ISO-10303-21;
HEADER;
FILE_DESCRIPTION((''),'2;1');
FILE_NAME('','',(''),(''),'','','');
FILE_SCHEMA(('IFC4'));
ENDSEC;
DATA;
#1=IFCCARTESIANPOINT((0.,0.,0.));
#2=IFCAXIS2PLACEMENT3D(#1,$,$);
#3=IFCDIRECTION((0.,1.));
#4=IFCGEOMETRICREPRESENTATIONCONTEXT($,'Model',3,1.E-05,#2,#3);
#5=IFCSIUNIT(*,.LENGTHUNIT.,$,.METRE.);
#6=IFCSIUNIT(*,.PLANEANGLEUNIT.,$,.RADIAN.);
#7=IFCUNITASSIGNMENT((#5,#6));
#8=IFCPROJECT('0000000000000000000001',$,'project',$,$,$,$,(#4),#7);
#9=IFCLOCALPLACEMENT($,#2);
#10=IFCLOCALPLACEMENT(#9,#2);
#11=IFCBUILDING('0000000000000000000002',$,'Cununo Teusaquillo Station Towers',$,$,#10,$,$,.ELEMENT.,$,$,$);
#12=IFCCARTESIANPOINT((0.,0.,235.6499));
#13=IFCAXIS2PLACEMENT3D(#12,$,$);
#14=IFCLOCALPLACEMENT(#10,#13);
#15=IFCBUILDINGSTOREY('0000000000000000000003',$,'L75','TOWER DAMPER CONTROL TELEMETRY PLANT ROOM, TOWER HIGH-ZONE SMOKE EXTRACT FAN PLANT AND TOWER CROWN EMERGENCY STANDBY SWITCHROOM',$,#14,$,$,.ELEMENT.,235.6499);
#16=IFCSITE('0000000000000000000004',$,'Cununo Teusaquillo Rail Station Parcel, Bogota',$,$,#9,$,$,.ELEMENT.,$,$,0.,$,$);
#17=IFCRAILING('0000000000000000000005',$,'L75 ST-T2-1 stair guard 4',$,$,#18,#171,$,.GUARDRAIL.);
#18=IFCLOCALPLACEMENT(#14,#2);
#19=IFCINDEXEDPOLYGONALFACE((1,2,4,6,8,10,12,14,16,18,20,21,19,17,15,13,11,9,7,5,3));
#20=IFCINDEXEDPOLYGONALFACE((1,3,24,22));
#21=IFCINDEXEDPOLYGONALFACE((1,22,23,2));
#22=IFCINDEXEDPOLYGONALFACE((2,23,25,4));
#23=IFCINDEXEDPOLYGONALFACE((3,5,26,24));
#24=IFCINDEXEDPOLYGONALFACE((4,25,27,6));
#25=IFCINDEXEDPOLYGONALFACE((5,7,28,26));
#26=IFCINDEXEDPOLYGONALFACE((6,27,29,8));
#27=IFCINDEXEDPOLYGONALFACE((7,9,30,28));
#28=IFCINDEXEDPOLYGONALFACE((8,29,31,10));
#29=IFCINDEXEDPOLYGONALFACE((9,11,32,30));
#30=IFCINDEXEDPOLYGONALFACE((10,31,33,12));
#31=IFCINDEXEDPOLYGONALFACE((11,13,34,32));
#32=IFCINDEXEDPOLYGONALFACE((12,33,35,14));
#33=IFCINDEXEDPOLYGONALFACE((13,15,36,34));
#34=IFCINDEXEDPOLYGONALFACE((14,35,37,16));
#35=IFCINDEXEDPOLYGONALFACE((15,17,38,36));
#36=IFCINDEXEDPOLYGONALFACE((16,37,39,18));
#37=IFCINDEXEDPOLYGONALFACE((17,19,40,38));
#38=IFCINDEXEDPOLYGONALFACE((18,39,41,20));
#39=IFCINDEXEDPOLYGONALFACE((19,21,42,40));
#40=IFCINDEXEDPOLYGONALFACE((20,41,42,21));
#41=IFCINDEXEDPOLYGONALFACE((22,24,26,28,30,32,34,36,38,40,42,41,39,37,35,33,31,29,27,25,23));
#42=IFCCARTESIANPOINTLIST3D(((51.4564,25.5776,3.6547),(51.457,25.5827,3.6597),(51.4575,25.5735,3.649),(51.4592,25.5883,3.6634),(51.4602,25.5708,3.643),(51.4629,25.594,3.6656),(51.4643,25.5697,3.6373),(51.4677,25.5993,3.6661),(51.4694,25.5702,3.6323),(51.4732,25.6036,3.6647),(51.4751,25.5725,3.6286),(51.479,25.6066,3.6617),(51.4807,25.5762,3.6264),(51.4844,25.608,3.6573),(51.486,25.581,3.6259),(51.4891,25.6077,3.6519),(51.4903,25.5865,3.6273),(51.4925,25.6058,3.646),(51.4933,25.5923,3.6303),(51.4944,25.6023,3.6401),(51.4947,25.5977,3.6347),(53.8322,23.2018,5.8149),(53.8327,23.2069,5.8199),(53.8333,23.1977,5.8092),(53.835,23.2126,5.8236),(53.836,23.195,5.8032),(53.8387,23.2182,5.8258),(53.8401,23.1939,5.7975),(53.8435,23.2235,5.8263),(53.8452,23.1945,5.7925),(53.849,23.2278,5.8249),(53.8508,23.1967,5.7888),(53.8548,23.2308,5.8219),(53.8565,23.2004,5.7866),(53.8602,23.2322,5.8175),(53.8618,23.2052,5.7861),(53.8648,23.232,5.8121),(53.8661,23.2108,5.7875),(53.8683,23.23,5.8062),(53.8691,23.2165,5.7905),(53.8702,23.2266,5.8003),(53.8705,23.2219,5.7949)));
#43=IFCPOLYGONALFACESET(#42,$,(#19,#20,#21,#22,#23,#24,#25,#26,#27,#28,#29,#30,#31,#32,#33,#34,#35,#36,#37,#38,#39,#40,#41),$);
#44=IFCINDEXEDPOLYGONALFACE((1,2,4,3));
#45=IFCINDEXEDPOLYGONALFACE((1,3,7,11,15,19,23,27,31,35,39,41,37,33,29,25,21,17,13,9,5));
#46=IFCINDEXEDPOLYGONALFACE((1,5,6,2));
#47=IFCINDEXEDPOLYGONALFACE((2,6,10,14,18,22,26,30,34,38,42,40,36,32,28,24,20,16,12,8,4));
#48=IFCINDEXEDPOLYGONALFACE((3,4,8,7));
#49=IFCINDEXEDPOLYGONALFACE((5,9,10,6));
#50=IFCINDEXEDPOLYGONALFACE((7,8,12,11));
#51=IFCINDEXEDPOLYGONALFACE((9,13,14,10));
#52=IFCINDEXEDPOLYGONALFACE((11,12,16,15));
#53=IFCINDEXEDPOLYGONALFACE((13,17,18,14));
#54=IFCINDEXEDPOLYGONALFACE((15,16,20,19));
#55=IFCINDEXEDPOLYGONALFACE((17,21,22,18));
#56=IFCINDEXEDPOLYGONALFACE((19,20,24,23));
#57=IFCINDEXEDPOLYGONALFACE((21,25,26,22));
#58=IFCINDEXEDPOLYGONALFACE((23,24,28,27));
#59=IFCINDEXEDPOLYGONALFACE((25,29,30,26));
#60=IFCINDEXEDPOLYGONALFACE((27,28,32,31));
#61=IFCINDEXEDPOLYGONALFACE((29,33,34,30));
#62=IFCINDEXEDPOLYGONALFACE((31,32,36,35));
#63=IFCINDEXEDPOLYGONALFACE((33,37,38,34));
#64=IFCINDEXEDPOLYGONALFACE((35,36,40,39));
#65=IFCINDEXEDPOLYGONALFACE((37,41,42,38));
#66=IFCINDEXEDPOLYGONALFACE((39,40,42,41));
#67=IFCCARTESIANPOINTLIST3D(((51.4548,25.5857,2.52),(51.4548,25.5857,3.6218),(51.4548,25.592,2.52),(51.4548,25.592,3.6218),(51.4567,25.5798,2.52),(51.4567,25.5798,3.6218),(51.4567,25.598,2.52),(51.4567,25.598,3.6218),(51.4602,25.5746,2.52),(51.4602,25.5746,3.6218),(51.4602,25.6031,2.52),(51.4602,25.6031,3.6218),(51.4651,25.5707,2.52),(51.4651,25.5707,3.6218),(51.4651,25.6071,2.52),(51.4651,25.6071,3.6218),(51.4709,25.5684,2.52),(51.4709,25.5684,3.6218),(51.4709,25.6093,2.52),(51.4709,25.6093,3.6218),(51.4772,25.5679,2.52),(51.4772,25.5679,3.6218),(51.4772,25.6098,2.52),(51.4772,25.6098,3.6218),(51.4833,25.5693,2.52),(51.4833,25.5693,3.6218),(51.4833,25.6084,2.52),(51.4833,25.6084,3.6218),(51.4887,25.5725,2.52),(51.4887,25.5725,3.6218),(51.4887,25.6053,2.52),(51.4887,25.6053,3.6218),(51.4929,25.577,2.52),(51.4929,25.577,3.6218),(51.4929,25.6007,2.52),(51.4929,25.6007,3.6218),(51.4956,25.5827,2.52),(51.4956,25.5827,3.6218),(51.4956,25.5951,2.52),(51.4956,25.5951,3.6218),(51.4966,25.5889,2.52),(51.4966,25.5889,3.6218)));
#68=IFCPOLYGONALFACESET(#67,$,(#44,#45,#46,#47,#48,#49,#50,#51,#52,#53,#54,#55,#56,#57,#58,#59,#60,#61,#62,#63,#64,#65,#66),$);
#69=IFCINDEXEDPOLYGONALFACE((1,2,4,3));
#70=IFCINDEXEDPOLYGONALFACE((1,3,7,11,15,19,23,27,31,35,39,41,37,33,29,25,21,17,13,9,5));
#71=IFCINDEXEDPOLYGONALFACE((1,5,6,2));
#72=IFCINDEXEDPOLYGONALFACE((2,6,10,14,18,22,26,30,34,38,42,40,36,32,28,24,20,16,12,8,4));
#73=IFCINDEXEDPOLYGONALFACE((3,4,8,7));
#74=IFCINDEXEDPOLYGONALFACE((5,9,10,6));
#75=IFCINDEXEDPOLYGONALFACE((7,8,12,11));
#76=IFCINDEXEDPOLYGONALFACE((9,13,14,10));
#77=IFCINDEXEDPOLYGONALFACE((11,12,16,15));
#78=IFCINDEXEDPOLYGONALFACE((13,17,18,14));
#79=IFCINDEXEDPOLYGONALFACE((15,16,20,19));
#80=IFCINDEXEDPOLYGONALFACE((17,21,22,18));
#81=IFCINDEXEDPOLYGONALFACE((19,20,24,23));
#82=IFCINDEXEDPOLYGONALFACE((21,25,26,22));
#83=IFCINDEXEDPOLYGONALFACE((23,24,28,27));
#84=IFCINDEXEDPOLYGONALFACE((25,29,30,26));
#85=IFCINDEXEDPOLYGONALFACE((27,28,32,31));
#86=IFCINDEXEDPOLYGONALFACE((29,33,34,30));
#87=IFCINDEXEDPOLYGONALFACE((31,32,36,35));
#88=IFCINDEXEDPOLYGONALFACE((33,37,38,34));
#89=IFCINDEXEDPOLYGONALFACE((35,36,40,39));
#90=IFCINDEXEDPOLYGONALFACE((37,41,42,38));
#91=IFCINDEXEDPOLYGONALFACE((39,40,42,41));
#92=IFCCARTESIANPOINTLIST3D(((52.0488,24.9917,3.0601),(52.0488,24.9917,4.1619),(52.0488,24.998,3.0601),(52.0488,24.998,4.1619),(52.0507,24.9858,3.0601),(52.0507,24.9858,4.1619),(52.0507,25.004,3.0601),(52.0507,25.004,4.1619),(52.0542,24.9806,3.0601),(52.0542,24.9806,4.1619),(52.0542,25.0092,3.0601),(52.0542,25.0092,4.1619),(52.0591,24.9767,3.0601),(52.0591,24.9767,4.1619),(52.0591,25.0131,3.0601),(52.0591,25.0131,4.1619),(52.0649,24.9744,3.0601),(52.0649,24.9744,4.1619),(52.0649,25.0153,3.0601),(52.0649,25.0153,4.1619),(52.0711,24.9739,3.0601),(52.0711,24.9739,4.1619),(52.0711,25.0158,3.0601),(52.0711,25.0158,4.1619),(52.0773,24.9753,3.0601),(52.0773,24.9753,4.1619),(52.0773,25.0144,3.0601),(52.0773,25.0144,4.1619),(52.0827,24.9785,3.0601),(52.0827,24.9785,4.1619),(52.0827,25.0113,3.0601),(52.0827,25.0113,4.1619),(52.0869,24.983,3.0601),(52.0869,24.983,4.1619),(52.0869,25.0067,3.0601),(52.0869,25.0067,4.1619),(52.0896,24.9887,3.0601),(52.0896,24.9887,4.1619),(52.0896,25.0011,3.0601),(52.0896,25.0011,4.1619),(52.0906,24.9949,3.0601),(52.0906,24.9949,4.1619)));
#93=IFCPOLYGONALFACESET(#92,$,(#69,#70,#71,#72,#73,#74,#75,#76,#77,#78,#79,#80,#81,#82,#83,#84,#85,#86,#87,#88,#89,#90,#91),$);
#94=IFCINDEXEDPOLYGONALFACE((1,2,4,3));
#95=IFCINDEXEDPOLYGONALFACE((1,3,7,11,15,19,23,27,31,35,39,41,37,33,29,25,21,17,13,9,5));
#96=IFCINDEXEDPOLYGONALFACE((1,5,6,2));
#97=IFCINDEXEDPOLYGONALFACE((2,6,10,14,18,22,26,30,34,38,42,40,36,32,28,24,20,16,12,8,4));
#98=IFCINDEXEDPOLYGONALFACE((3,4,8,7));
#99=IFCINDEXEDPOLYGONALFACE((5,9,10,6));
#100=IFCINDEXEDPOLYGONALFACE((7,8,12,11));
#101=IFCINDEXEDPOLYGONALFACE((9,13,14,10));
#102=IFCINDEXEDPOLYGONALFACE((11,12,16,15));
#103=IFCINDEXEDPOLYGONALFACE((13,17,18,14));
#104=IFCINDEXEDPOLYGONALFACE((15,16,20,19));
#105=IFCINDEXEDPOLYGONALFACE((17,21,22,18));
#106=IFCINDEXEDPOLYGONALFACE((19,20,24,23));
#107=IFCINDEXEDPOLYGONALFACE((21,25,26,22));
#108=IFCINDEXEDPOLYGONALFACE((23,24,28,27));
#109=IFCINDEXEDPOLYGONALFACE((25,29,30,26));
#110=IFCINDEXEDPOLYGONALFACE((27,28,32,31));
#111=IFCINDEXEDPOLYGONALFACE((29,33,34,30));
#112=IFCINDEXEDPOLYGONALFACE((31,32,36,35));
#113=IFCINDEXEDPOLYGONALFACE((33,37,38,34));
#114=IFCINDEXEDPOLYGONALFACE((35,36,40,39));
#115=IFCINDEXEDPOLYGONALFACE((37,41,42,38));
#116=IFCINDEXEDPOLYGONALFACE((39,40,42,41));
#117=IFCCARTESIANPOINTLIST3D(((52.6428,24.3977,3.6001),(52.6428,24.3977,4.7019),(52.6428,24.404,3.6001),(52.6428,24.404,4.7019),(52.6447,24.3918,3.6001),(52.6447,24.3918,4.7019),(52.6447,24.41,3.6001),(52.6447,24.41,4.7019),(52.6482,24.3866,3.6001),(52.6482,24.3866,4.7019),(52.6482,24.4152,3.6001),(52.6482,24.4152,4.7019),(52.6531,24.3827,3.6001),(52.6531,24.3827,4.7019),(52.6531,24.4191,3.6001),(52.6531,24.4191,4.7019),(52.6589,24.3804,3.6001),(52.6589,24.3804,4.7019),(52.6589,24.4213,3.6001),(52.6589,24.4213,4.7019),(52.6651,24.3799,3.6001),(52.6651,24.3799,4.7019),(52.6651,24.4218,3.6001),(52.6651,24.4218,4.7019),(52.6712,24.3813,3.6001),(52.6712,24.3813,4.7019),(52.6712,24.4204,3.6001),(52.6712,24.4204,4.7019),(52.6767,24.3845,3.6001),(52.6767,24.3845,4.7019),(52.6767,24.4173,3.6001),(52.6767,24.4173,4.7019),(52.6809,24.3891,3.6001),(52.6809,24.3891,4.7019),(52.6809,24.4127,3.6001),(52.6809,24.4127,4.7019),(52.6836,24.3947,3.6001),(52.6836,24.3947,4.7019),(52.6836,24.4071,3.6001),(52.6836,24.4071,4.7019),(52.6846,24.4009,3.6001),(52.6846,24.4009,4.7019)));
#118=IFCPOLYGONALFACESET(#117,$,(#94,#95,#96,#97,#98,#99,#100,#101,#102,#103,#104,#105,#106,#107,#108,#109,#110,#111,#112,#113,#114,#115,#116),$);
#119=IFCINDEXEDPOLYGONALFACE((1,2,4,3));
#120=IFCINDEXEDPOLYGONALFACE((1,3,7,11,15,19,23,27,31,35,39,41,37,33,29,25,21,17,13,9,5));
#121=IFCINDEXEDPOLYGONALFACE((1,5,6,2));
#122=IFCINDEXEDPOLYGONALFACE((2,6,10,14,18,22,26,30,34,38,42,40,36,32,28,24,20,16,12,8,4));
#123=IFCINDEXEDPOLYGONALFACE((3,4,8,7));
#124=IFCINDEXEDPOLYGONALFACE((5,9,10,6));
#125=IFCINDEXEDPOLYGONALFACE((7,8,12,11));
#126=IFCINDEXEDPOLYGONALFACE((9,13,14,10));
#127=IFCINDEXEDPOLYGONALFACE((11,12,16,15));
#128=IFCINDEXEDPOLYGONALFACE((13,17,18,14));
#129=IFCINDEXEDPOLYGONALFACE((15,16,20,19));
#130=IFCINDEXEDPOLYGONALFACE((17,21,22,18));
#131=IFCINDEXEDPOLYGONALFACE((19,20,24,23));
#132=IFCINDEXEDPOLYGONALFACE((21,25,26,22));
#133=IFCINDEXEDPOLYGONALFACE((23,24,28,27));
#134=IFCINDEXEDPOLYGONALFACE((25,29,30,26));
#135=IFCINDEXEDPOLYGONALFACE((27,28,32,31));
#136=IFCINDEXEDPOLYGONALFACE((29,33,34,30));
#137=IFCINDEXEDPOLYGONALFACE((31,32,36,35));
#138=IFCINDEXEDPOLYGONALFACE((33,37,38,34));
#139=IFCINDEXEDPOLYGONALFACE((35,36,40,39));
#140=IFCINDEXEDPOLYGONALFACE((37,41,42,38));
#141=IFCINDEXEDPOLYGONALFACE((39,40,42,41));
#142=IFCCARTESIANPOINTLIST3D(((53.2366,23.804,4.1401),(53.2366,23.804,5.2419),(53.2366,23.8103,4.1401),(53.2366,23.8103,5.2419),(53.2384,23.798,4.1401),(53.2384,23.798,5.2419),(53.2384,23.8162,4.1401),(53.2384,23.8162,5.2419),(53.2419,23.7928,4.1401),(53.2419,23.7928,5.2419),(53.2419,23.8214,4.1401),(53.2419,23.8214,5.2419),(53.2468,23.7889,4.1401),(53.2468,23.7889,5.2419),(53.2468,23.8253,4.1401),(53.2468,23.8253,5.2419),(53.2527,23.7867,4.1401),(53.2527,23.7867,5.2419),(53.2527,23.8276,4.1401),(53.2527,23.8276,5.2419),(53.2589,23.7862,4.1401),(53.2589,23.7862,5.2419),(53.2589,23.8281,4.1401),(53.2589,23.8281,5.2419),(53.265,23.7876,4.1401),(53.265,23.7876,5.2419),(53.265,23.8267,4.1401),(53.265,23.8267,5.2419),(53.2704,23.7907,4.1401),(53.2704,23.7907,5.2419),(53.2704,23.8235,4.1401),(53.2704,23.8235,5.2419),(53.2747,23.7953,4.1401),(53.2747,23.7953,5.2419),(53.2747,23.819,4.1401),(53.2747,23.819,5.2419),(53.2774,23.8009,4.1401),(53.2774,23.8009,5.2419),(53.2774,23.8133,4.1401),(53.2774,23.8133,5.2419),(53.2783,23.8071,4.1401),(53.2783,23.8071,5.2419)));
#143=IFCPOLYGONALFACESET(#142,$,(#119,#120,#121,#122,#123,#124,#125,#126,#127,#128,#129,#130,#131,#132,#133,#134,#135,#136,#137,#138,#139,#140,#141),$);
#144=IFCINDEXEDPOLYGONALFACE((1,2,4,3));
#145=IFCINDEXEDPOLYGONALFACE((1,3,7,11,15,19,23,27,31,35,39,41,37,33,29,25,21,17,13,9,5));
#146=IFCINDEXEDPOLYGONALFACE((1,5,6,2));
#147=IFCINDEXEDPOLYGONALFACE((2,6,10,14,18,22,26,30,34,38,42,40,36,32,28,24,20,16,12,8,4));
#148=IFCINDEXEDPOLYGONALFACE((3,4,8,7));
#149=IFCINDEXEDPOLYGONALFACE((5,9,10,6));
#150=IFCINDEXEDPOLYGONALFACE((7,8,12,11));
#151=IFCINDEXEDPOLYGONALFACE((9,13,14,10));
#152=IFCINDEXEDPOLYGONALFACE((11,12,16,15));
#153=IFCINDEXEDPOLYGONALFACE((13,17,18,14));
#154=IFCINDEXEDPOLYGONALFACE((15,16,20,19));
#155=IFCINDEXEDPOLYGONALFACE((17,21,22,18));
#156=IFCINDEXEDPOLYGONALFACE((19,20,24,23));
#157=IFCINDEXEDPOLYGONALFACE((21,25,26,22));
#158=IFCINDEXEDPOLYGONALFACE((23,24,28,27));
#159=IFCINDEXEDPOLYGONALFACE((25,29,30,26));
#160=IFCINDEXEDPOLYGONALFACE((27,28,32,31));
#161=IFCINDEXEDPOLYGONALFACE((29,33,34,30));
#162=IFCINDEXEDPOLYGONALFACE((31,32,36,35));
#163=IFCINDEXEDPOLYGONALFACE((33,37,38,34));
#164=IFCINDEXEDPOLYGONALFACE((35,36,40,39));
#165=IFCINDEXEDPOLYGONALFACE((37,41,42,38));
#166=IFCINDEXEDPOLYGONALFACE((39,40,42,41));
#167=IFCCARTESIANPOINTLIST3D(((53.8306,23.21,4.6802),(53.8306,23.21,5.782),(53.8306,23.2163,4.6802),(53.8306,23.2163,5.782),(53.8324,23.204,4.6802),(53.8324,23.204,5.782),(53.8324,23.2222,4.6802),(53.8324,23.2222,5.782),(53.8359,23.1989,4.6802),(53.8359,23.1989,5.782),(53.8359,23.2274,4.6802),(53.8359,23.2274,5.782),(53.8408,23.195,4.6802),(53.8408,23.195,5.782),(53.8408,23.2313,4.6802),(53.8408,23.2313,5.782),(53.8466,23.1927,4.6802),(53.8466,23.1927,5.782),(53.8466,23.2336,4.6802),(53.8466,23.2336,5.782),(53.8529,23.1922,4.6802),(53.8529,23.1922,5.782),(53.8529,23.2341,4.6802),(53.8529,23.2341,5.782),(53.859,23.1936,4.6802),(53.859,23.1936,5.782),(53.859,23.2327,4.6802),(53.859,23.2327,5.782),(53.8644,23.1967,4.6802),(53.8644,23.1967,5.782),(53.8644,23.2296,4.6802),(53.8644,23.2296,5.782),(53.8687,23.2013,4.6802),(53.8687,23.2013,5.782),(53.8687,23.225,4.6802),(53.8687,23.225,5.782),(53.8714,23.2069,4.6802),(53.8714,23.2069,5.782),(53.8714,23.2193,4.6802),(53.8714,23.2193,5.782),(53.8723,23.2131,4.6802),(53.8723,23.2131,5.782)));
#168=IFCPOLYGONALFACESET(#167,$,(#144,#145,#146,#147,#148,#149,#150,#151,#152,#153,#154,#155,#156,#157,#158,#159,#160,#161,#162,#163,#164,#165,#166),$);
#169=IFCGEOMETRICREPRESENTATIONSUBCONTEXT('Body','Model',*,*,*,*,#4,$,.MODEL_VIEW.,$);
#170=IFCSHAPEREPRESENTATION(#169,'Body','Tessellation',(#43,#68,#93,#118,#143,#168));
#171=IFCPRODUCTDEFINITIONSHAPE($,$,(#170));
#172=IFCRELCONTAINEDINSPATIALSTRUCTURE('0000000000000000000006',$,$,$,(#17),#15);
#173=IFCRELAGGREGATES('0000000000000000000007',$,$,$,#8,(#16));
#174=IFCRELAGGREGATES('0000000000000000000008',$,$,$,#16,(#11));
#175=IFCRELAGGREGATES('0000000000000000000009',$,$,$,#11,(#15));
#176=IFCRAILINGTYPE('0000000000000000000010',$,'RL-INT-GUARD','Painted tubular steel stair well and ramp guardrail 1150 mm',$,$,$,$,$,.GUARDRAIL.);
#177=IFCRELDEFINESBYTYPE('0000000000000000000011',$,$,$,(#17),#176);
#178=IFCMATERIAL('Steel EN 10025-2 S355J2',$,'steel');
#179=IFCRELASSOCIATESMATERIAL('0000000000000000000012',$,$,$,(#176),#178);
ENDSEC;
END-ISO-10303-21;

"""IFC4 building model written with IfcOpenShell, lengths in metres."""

from ifc_helpers import new_model, si_unit, direction, frame, origin, origin_2d, place, context, subcontext, project, spatial, circle, extrude, material, type_object, element, save


model = new_model("IFC4")

# Units and contexts
model_context = context("Model", 3, precision=1e-05, world=origin(), true_north=direction((0.0, 1.0)))
body_context = subcontext(model_context, "Body", "Model", "MODEL_VIEW")
ifc_project = project(units=[si_unit("LENGTHUNIT", "METRE"), si_unit("PLANEANGLEUNIT", "RADIAN")], contexts=[model_context])

# Site, building, storey
site_placement = place(None, origin())
site = spatial("IfcSite", under=ifc_project, at=site_placement, Name="Cununo Teusaquillo Rail Station Parcel, Bogota", CompositionType="ELEMENT", RefElevation=0.0)
building_placement = place(site_placement, origin())
building = spatial("IfcBuilding", under=site, at=building_placement, Name="Cununo Teusaquillo Station Towers", CompositionType="ELEMENT")
storey_placement = place(building_placement, frame((0.0, 0.0, 235.6499)))
storey = spatial("IfcBuildingStorey", under=building, at=storey_placement, Name="L75", Description="TOWER DAMPER CONTROL TELEMETRY PLANT ROOM, TOWER HIGH-ZONE SMOKE EXTRACT FAN PLANT AND TOWER CROWN EMERGENCY STANDBY SWITCHROOM", CompositionType="ELEMENT", Elevation=235.6499)

# Railing
ifc_material_1 = material(Name="Steel EN 10025-2 S355J2", Category="steel")
railing_type_1 = type_object("IfcRailingType", Name="RL-INT-GUARD", Description="Painted tubular steel stair well and ramp guardrail 1150 mm", PredefinedType="GUARDRAIL", material=ifc_material_1)
railing_1_placement = place(storey_placement, frame((51.4756, 25.5889, 2.52)))
element("IfcRailing", 1, at=railing_1_placement, inside=storey, type_object=railing_type_1, Name="L75 ST-T2-1 stair guard 4", PredefinedType="GUARDRAIL", context=body_context, shape_type="SweptSolid", body=[
    extrude(circle(Radius=0.0239, at=origin_2d()), frame((0.0, 0.0, 1.126), z_axis=(0.59478, -0.59478, 0.540809), x_axis=(0.707107, 0.707107, 0.0)), (0.0, 0.0, 1.0), 3.9944),
    extrude(circle(Radius=0.021, at=origin_2d()), origin(), (0.0, 0.0, 1.0), 1.1018),
    extrude(circle(Radius=0.021, at=origin_2d()), frame((0.594, -0.594, 0.54)), (0.0, 0.0, 1.0), 1.1018),
    extrude(circle(Radius=0.021, at=origin_2d()), frame((1.188, -1.188, 1.0801)), (0.0, 0.0, 1.0), 1.1018),
    extrude(circle(Radius=0.021, at=origin_2d()), frame((1.7817, -1.7817, 1.6201)), (0.0, 0.0, 1.0), 1.1018),
    extrude(circle(Radius=0.021, at=origin_2d()), frame((2.3757, -2.3757, 2.1602)), (0.0, 0.0, 1.0), 1.1018),
])

save(model, "model.ifc")
